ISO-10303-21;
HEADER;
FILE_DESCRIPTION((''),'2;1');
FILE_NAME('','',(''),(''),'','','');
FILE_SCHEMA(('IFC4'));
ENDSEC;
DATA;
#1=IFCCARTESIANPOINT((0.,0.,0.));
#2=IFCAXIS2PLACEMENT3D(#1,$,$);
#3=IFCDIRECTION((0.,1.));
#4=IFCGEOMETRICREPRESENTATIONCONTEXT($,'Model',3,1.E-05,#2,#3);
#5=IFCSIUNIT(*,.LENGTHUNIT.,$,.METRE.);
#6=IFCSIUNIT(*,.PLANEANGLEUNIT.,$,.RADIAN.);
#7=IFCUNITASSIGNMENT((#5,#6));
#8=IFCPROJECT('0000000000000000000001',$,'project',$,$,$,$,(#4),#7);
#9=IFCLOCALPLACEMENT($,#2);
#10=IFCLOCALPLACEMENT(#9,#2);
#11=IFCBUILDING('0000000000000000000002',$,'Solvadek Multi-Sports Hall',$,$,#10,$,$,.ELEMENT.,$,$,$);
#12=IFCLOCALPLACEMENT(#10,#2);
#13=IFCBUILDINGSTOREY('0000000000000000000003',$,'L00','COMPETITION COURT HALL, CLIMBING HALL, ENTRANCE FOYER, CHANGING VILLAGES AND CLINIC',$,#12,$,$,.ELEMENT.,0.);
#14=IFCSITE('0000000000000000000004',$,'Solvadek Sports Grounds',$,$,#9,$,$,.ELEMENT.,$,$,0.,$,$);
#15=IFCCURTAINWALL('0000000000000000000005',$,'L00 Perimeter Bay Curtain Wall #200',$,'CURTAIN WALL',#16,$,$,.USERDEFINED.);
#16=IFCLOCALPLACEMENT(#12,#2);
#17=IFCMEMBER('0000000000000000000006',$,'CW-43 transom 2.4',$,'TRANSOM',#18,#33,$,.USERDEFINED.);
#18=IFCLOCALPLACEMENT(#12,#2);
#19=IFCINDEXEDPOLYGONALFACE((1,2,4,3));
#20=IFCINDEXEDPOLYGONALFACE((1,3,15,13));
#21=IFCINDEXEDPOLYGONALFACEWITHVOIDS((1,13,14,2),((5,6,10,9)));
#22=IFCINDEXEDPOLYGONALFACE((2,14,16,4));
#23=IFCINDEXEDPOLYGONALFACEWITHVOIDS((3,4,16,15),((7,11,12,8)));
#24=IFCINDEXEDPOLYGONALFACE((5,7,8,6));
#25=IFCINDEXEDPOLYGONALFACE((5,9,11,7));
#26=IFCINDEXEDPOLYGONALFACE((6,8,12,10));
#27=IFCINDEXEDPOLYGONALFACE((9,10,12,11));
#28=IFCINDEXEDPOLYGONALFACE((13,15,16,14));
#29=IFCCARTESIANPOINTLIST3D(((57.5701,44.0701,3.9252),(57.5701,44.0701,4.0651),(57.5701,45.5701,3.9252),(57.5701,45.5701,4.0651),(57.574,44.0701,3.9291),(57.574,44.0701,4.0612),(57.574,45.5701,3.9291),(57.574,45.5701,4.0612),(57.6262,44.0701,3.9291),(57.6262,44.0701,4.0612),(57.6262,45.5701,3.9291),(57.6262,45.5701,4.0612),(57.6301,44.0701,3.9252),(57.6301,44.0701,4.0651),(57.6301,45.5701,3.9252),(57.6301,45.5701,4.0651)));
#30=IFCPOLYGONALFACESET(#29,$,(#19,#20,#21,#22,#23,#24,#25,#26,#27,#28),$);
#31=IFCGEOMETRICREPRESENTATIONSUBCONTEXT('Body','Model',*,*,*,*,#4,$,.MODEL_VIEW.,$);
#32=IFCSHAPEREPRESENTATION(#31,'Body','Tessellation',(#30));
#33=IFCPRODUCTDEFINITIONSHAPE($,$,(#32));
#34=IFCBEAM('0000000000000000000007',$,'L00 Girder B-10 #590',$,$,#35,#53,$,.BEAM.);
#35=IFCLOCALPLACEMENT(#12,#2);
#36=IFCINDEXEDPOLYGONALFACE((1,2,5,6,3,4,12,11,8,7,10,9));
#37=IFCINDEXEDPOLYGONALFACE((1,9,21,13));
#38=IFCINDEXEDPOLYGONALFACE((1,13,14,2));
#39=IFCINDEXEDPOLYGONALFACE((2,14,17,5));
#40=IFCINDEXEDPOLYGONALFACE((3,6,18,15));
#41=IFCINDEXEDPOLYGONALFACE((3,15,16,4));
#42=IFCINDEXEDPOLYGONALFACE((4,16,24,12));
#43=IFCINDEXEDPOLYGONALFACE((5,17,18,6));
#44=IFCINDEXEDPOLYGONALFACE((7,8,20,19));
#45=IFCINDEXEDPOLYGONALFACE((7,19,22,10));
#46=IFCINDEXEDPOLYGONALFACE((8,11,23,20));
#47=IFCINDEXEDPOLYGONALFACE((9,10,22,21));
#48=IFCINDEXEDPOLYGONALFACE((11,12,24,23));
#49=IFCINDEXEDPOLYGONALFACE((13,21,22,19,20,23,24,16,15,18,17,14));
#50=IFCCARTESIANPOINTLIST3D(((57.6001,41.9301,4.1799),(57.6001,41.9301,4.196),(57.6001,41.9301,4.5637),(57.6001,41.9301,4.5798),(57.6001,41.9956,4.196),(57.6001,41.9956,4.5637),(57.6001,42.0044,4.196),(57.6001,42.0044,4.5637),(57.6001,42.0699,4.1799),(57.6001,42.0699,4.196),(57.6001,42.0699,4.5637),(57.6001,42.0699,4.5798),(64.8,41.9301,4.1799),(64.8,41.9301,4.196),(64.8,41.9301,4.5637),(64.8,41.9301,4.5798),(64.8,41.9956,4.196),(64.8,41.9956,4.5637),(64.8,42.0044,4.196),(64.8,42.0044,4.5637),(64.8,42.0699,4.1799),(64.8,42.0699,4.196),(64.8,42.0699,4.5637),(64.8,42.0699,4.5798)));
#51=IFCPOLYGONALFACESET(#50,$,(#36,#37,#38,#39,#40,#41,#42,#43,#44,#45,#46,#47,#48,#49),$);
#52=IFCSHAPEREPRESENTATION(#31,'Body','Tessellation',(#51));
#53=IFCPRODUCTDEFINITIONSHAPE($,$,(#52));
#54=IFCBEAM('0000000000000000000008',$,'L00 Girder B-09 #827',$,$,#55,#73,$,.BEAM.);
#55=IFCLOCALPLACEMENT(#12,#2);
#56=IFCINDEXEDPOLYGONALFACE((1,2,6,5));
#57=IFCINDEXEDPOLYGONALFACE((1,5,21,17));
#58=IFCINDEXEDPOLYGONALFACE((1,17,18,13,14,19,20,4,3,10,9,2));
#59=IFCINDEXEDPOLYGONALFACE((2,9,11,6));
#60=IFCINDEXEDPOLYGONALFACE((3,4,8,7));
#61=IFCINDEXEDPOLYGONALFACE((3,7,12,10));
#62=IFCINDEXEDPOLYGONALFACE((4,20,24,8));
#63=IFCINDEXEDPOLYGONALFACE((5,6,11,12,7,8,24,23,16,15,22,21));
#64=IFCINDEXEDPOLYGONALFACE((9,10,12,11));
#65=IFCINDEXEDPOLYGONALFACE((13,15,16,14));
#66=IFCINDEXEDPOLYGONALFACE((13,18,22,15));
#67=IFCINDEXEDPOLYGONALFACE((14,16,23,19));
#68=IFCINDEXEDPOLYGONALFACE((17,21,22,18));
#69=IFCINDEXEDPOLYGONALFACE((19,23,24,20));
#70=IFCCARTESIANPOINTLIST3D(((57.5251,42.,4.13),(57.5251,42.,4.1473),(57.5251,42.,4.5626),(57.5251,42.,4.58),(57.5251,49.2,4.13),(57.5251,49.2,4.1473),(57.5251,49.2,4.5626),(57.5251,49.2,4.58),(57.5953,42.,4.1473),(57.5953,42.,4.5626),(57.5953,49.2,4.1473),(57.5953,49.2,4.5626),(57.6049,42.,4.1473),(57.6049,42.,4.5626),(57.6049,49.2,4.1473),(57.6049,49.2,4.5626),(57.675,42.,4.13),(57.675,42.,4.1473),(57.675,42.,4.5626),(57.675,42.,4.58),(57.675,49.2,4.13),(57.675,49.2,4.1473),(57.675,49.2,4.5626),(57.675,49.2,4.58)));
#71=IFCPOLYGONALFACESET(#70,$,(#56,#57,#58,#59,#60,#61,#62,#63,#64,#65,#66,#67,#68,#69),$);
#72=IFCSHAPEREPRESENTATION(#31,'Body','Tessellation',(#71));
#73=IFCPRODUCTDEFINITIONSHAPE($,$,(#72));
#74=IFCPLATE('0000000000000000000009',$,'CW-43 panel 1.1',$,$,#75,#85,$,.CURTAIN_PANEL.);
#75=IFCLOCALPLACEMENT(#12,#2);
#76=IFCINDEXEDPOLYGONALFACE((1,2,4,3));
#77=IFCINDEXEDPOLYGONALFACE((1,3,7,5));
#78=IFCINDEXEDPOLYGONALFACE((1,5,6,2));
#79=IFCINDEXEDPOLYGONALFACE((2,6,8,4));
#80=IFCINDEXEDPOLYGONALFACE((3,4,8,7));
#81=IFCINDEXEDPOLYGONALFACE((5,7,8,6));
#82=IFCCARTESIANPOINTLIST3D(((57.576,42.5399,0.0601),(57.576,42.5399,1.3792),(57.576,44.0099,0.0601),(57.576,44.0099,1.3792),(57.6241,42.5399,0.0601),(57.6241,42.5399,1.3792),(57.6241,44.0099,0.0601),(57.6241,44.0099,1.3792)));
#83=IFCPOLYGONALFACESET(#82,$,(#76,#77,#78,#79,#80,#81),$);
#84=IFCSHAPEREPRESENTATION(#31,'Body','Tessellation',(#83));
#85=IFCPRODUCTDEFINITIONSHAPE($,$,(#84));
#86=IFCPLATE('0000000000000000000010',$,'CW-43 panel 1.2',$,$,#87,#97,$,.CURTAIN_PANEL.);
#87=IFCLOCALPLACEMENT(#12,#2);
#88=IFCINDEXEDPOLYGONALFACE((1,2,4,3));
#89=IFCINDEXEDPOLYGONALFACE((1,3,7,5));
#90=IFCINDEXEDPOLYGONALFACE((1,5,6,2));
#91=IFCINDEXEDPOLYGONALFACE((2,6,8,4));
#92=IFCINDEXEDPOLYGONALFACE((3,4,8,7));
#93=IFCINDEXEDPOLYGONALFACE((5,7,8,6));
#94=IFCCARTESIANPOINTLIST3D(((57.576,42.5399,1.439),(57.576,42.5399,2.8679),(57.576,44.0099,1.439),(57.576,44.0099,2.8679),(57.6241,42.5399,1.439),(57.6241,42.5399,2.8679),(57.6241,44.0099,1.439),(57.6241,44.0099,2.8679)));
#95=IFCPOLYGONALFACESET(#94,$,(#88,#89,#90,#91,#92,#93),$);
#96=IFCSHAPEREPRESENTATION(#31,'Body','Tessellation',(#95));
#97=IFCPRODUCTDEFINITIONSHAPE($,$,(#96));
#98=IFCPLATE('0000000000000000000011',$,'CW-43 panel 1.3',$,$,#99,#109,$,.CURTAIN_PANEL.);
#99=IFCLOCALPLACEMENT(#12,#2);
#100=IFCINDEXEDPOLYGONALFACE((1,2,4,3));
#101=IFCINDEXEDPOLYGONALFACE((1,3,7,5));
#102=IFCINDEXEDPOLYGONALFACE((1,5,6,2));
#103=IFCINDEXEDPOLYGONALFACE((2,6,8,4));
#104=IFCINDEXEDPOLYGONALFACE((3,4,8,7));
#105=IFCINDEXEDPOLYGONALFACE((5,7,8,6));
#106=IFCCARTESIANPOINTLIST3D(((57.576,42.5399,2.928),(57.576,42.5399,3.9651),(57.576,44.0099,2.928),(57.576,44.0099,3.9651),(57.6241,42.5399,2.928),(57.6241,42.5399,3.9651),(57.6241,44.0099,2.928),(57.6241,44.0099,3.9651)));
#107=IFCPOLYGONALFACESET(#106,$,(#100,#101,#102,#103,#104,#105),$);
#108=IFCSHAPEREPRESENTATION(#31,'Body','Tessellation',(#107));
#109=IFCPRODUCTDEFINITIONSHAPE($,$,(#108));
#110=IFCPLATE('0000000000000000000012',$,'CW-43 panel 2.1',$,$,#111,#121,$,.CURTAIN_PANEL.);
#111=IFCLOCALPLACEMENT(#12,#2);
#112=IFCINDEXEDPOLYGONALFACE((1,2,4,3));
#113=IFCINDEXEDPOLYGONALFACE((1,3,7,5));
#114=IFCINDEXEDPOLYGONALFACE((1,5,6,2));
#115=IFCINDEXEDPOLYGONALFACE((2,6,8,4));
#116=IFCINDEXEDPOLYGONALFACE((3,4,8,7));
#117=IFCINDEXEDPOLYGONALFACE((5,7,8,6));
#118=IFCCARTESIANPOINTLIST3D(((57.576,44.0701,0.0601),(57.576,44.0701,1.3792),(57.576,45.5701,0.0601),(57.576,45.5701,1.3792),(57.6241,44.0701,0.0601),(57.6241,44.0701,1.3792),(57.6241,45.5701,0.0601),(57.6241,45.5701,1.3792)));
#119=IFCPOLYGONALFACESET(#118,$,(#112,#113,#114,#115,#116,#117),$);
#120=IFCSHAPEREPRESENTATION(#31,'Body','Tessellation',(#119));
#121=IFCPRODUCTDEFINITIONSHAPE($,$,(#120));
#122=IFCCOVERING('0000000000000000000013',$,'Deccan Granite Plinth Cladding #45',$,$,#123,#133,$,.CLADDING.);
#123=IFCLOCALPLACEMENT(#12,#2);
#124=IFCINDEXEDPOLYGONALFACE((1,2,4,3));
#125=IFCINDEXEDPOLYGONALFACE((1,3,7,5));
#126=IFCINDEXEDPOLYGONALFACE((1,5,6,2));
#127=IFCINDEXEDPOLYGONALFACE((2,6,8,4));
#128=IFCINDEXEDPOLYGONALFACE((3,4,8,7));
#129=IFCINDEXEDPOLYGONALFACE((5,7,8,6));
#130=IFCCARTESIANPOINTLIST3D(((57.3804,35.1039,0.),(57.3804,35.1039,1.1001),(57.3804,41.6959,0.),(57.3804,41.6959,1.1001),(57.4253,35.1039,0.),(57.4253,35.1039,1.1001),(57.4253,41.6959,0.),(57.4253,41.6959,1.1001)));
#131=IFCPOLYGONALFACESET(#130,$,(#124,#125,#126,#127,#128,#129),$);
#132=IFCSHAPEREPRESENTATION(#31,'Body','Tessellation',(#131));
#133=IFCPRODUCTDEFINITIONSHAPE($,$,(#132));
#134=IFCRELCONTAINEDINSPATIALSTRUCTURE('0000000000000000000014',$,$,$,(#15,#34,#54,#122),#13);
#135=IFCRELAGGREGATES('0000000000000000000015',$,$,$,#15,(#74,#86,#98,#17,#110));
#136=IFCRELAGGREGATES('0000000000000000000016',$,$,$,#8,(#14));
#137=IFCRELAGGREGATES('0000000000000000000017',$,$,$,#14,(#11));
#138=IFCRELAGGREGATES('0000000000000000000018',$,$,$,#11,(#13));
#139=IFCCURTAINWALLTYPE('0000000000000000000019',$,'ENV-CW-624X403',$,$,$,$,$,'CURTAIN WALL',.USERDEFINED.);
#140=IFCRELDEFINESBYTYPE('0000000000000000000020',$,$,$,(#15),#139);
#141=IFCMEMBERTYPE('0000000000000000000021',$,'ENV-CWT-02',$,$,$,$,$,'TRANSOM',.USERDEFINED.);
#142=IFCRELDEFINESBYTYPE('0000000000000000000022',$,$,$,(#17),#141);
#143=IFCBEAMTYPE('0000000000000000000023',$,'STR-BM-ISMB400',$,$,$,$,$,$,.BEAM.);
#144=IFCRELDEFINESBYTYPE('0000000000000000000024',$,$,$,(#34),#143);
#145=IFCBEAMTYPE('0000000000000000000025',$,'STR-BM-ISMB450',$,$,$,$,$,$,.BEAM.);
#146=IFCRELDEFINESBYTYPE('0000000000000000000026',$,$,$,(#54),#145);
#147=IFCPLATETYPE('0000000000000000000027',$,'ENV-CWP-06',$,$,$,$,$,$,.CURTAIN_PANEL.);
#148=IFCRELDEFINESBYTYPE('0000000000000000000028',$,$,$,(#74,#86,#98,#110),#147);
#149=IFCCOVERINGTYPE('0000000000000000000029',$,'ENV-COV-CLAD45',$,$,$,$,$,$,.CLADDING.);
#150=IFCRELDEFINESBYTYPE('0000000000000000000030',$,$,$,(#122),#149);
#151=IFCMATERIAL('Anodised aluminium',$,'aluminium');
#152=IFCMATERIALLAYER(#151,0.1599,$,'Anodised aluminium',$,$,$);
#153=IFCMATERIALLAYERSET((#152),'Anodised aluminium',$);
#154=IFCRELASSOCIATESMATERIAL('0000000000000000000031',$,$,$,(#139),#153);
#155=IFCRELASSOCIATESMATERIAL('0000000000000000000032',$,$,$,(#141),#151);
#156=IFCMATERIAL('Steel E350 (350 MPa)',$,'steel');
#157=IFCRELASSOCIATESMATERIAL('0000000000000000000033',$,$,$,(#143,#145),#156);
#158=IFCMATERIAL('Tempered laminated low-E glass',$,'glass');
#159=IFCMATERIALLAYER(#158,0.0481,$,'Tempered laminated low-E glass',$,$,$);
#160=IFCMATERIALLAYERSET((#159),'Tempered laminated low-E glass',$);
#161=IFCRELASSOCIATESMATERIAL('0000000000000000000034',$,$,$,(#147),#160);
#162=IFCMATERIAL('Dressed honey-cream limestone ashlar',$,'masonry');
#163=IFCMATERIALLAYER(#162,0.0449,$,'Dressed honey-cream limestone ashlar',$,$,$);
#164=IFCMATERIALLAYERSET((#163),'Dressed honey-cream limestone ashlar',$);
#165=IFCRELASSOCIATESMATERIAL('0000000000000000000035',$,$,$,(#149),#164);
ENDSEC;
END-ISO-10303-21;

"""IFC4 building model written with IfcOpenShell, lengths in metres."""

from ifc_helpers import new_model, si_unit, direction, frame, origin, origin_2d, place, context, subcontext, project, spatial, rectangle, hollow_rectangle, i_section, extrude, material, layer, layer_set, material_profile, profile_set, type_object, element, aggregate, save


model = new_model("IFC4")

# Units and contexts
model_context = context("Model", 3, precision=1e-05, world=origin(), true_north=direction((0.0, 1.0)))
body_context = subcontext(model_context, "Body", "Model", "MODEL_VIEW")
ifc_project = project(units=[si_unit("LENGTHUNIT", "METRE"), si_unit("PLANEANGLEUNIT", "RADIAN")], contexts=[model_context])

# Site, building, storey
site_placement = place(None, origin())
site = spatial("IfcSite", under=ifc_project, at=site_placement, Name="Solvadek Sports Grounds", CompositionType="ELEMENT", RefElevation=0.0)
building_placement = place(site_placement, origin())
building = spatial("IfcBuilding", under=site, at=building_placement, Name="Solvadek Multi-Sports Hall", CompositionType="ELEMENT")
storey_placement = place(building_placement, origin())
storey = spatial("IfcBuildingStorey", under=building, at=storey_placement, Name="L00", Description="COMPETITION COURT HALL, CLIMBING HALL, ENTRANCE FOYER, CHANGING VILLAGES AND CLINIC", CompositionType="ELEMENT", Elevation=0.0)

# Shared definitions
ifc_material_1 = material(Name="Steel E350 (350 MPa)", Category="steel")

# Curtain wall, member
ifc_material_2 = material(Name="Anodised aluminium", Category="aluminium")
ifc_layer_1 = layer(ifc_material_2, 0.1599, Name="Anodised aluminium")
ifc_layer_set_1 = layer_set([ifc_layer_1], Name="Anodised aluminium")
curtain_wall_type = type_object("IfcCurtainWallType", Name="ENV-CW-624X403", ElementType="CURTAIN WALL", PredefinedType="USERDEFINED", material=ifc_layer_set_1)
curtain_wall_placement = place(storey_placement, origin())
curtain_wall = element("IfcCurtainWall", 1, at=curtain_wall_placement, inside=storey, type_object=curtain_wall_type, Name="L00 Perimeter Bay Curtain Wall #200", ObjectType="CURTAIN WALL", PredefinedType="USERDEFINED")
ifc_material_profile_1 = material_profile(ifc_material_2, hollow_rectangle(XDim=0.0601, YDim=0.1399, WallThickness=0.0039, at=origin_2d()), Name="ALU-T 140x60x4")
ifc_profile_set_1 = profile_set([ifc_material_profile_1], Name="Anodised aluminium")
member_type_1 = type_object("IfcMemberType", Name="ENV-CWT-02", ElementType="TRANSOM", PredefinedType="USERDEFINED", material=ifc_profile_set_1)
member_1_placement = place(storey_placement, frame((57.6001, 44.0701, 3.9951), z_axis=(0.0, 1.0, 0.0), x_axis=(-1.0, 0.0, 0.0)))
member_1 = element("IfcMember", 2, at=member_1_placement, type_object=member_type_1, Name="CW-43 transom 2.4", ObjectType="TRANSOM", PredefinedType="USERDEFINED", context=body_context, shape_type="SweptSolid", body=[
    extrude(hollow_rectangle(XDim=0.0601, YDim=0.1399, WallThickness=0.0039, at=origin_2d()), origin(), (0.0, 0.0, 1.0), 1.5),
])

# Beams
ifc_material_profile_2 = material_profile(ifc_material_1, i_section(OverallWidth=0.1399, OverallDepth=0.3999, WebThickness=0.0088, FlangeThickness=0.0161, at=origin_2d()), Name="ISMB 400")
ifc_profile_set_2 = profile_set([ifc_material_profile_2], Name="Steel E350 (350 MPa)")
beam_type_1 = type_object("IfcBeamType", Name="STR-BM-ISMB400", PredefinedType="BEAM", material=ifc_profile_set_2)
beam_1_placement = place(storey_placement, frame((57.6001, 42.0, 4.3799), z_axis=(1.0, 0.0, 0.0), x_axis=(0.0, 1.0, 0.0)))
element("IfcBeam", 3, at=beam_1_placement, inside=storey, type_object=beam_type_1, Name="L00 Girder B-10 #590", PredefinedType="BEAM", context=body_context, shape_type="SweptSolid", body=[
    extrude(i_section(OverallWidth=0.1399, OverallDepth=0.3999, WebThickness=0.0088, FlangeThickness=0.0161, at=origin_2d()), origin(), (0.0, 0.0, 1.0), 7.2),
])
ifc_material_profile_3 = material_profile(ifc_material_1, i_section(OverallWidth=0.1499, OverallDepth=0.45, WebThickness=0.0095, FlangeThickness=0.0173, at=origin_2d()), Name="ISMB 450")
ifc_profile_set_3 = profile_set([ifc_material_profile_3], Name="Steel E350 (350 MPa)")
beam_type_2 = type_object("IfcBeamType", Name="STR-BM-ISMB450", PredefinedType="BEAM", material=ifc_profile_set_3)
beam_2_placement = place(storey_placement, frame((57.6001, 42.0, 4.355), z_axis=(0.0, 1.0, 0.0), x_axis=(-1.0, 0.0, 0.0)))
element("IfcBeam", 4, at=beam_2_placement, inside=storey, type_object=beam_type_2, Name="L00 Girder B-09 #827", PredefinedType="BEAM", context=body_context, shape_type="SweptSolid", body=[
    extrude(i_section(OverallWidth=0.1499, OverallDepth=0.45, WebThickness=0.0095, FlangeThickness=0.0173, at=origin_2d()), origin(), (0.0, 0.0, 1.0), 7.2),
])

# Plates
ifc_material_3 = material(Name="Tempered laminated low-E glass", Category="glass")
ifc_layer_2 = layer(ifc_material_3, 0.0481, Name="Tempered laminated low-E glass")
ifc_layer_set_2 = layer_set([ifc_layer_2], Name="Tempered laminated low-E glass")
plate_type = type_object("IfcPlateType", Name="ENV-CWP-06", PredefinedType="CURTAIN_PANEL", material=ifc_layer_set_2)
plate_1_placement = place(storey_placement, frame((57.6001, 43.2749, 0.0601), z_axis=(0.0, 0.0, 1.0), x_axis=(0.0, 1.0, 0.0)))
plate_1 = element("IfcPlate", 5, at=plate_1_placement, type_object=plate_type, Name="CW-43 panel 1.1", PredefinedType="CURTAIN_PANEL", context=body_context, shape_type="SweptSolid", body=[
    extrude(rectangle(XDim=1.47, YDim=0.0481, at=origin_2d()), origin(), (0.0, 0.0, 1.0), 1.3191),
])
plate_2_placement = place(storey_placement, frame((57.6001, 43.2749, 1.439), z_axis=(0.0, 0.0, 1.0), x_axis=(0.0, 1.0, 0.0)))
plate_2 = element("IfcPlate", 6, at=plate_2_placement, type_object=plate_type, Name="CW-43 panel 1.2", PredefinedType="CURTAIN_PANEL", context=body_context, shape_type="SweptSolid", body=[
    extrude(rectangle(XDim=1.47, YDim=0.0481, at=origin_2d()), origin(), (0.0, 0.0, 1.0), 1.429),
])
plate_3_placement = place(storey_placement, frame((57.6001, 43.2749, 2.928), z_axis=(0.0, 0.0, 1.0), x_axis=(0.0, 1.0, 0.0)))
plate_3 = element("IfcPlate", 7, at=plate_3_placement, type_object=plate_type, Name="CW-43 panel 1.3", PredefinedType="CURTAIN_PANEL", context=body_context, shape_type="SweptSolid", body=[
    extrude(rectangle(XDim=1.47, YDim=0.0481, at=origin_2d()), origin(), (0.0, 0.0, 1.0), 1.0371),
])
plate_4_placement = place(storey_placement, frame((57.6001, 44.8201, 0.0601), z_axis=(0.0, 0.0, 1.0), x_axis=(0.0, 1.0, 0.0)))
plate_4 = element("IfcPlate", 8, at=plate_4_placement, type_object=plate_type, Name="CW-43 panel 2.1", PredefinedType="CURTAIN_PANEL", context=body_context, shape_type="SweptSolid", body=[
    extrude(rectangle(XDim=1.5, YDim=0.0481, at=origin_2d()), origin(), (0.0, 0.0, 1.0), 1.3191),
])
aggregate(curtain_wall, [plate_1, plate_2, plate_3, member_1, plate_4])

# Covering
ifc_material_4 = material(Name="Dressed honey-cream limestone ashlar", Category="masonry")
ifc_layer_3 = layer(ifc_material_4, 0.0449, Name="Dressed honey-cream limestone ashlar")
ifc_layer_set_3 = layer_set([ifc_layer_3], Name="Dressed honey-cream limestone ashlar")
covering_type = type_object("IfcCoveringType", Name="ENV-COV-CLAD45", PredefinedType="CLADDING", material=ifc_layer_set_3)
covering_placement = place(storey_placement, frame((57.4028, 38.3999, 0.0), z_axis=(0.0, 0.0, 1.0), x_axis=(0.0, 1.0, 0.0)))
element("IfcCovering", 9, at=covering_placement, inside=storey, type_object=covering_type, Name="Deccan Granite Plinth Cladding #45", PredefinedType="CLADDING", context=body_context, shape_type="SweptSolid", body=[
    extrude(rectangle(XDim=6.592, YDim=0.0449, at=origin_2d()), origin(), (0.0, 0.0, 1.0), 1.1001),
])

save(model, "model.ifc")
